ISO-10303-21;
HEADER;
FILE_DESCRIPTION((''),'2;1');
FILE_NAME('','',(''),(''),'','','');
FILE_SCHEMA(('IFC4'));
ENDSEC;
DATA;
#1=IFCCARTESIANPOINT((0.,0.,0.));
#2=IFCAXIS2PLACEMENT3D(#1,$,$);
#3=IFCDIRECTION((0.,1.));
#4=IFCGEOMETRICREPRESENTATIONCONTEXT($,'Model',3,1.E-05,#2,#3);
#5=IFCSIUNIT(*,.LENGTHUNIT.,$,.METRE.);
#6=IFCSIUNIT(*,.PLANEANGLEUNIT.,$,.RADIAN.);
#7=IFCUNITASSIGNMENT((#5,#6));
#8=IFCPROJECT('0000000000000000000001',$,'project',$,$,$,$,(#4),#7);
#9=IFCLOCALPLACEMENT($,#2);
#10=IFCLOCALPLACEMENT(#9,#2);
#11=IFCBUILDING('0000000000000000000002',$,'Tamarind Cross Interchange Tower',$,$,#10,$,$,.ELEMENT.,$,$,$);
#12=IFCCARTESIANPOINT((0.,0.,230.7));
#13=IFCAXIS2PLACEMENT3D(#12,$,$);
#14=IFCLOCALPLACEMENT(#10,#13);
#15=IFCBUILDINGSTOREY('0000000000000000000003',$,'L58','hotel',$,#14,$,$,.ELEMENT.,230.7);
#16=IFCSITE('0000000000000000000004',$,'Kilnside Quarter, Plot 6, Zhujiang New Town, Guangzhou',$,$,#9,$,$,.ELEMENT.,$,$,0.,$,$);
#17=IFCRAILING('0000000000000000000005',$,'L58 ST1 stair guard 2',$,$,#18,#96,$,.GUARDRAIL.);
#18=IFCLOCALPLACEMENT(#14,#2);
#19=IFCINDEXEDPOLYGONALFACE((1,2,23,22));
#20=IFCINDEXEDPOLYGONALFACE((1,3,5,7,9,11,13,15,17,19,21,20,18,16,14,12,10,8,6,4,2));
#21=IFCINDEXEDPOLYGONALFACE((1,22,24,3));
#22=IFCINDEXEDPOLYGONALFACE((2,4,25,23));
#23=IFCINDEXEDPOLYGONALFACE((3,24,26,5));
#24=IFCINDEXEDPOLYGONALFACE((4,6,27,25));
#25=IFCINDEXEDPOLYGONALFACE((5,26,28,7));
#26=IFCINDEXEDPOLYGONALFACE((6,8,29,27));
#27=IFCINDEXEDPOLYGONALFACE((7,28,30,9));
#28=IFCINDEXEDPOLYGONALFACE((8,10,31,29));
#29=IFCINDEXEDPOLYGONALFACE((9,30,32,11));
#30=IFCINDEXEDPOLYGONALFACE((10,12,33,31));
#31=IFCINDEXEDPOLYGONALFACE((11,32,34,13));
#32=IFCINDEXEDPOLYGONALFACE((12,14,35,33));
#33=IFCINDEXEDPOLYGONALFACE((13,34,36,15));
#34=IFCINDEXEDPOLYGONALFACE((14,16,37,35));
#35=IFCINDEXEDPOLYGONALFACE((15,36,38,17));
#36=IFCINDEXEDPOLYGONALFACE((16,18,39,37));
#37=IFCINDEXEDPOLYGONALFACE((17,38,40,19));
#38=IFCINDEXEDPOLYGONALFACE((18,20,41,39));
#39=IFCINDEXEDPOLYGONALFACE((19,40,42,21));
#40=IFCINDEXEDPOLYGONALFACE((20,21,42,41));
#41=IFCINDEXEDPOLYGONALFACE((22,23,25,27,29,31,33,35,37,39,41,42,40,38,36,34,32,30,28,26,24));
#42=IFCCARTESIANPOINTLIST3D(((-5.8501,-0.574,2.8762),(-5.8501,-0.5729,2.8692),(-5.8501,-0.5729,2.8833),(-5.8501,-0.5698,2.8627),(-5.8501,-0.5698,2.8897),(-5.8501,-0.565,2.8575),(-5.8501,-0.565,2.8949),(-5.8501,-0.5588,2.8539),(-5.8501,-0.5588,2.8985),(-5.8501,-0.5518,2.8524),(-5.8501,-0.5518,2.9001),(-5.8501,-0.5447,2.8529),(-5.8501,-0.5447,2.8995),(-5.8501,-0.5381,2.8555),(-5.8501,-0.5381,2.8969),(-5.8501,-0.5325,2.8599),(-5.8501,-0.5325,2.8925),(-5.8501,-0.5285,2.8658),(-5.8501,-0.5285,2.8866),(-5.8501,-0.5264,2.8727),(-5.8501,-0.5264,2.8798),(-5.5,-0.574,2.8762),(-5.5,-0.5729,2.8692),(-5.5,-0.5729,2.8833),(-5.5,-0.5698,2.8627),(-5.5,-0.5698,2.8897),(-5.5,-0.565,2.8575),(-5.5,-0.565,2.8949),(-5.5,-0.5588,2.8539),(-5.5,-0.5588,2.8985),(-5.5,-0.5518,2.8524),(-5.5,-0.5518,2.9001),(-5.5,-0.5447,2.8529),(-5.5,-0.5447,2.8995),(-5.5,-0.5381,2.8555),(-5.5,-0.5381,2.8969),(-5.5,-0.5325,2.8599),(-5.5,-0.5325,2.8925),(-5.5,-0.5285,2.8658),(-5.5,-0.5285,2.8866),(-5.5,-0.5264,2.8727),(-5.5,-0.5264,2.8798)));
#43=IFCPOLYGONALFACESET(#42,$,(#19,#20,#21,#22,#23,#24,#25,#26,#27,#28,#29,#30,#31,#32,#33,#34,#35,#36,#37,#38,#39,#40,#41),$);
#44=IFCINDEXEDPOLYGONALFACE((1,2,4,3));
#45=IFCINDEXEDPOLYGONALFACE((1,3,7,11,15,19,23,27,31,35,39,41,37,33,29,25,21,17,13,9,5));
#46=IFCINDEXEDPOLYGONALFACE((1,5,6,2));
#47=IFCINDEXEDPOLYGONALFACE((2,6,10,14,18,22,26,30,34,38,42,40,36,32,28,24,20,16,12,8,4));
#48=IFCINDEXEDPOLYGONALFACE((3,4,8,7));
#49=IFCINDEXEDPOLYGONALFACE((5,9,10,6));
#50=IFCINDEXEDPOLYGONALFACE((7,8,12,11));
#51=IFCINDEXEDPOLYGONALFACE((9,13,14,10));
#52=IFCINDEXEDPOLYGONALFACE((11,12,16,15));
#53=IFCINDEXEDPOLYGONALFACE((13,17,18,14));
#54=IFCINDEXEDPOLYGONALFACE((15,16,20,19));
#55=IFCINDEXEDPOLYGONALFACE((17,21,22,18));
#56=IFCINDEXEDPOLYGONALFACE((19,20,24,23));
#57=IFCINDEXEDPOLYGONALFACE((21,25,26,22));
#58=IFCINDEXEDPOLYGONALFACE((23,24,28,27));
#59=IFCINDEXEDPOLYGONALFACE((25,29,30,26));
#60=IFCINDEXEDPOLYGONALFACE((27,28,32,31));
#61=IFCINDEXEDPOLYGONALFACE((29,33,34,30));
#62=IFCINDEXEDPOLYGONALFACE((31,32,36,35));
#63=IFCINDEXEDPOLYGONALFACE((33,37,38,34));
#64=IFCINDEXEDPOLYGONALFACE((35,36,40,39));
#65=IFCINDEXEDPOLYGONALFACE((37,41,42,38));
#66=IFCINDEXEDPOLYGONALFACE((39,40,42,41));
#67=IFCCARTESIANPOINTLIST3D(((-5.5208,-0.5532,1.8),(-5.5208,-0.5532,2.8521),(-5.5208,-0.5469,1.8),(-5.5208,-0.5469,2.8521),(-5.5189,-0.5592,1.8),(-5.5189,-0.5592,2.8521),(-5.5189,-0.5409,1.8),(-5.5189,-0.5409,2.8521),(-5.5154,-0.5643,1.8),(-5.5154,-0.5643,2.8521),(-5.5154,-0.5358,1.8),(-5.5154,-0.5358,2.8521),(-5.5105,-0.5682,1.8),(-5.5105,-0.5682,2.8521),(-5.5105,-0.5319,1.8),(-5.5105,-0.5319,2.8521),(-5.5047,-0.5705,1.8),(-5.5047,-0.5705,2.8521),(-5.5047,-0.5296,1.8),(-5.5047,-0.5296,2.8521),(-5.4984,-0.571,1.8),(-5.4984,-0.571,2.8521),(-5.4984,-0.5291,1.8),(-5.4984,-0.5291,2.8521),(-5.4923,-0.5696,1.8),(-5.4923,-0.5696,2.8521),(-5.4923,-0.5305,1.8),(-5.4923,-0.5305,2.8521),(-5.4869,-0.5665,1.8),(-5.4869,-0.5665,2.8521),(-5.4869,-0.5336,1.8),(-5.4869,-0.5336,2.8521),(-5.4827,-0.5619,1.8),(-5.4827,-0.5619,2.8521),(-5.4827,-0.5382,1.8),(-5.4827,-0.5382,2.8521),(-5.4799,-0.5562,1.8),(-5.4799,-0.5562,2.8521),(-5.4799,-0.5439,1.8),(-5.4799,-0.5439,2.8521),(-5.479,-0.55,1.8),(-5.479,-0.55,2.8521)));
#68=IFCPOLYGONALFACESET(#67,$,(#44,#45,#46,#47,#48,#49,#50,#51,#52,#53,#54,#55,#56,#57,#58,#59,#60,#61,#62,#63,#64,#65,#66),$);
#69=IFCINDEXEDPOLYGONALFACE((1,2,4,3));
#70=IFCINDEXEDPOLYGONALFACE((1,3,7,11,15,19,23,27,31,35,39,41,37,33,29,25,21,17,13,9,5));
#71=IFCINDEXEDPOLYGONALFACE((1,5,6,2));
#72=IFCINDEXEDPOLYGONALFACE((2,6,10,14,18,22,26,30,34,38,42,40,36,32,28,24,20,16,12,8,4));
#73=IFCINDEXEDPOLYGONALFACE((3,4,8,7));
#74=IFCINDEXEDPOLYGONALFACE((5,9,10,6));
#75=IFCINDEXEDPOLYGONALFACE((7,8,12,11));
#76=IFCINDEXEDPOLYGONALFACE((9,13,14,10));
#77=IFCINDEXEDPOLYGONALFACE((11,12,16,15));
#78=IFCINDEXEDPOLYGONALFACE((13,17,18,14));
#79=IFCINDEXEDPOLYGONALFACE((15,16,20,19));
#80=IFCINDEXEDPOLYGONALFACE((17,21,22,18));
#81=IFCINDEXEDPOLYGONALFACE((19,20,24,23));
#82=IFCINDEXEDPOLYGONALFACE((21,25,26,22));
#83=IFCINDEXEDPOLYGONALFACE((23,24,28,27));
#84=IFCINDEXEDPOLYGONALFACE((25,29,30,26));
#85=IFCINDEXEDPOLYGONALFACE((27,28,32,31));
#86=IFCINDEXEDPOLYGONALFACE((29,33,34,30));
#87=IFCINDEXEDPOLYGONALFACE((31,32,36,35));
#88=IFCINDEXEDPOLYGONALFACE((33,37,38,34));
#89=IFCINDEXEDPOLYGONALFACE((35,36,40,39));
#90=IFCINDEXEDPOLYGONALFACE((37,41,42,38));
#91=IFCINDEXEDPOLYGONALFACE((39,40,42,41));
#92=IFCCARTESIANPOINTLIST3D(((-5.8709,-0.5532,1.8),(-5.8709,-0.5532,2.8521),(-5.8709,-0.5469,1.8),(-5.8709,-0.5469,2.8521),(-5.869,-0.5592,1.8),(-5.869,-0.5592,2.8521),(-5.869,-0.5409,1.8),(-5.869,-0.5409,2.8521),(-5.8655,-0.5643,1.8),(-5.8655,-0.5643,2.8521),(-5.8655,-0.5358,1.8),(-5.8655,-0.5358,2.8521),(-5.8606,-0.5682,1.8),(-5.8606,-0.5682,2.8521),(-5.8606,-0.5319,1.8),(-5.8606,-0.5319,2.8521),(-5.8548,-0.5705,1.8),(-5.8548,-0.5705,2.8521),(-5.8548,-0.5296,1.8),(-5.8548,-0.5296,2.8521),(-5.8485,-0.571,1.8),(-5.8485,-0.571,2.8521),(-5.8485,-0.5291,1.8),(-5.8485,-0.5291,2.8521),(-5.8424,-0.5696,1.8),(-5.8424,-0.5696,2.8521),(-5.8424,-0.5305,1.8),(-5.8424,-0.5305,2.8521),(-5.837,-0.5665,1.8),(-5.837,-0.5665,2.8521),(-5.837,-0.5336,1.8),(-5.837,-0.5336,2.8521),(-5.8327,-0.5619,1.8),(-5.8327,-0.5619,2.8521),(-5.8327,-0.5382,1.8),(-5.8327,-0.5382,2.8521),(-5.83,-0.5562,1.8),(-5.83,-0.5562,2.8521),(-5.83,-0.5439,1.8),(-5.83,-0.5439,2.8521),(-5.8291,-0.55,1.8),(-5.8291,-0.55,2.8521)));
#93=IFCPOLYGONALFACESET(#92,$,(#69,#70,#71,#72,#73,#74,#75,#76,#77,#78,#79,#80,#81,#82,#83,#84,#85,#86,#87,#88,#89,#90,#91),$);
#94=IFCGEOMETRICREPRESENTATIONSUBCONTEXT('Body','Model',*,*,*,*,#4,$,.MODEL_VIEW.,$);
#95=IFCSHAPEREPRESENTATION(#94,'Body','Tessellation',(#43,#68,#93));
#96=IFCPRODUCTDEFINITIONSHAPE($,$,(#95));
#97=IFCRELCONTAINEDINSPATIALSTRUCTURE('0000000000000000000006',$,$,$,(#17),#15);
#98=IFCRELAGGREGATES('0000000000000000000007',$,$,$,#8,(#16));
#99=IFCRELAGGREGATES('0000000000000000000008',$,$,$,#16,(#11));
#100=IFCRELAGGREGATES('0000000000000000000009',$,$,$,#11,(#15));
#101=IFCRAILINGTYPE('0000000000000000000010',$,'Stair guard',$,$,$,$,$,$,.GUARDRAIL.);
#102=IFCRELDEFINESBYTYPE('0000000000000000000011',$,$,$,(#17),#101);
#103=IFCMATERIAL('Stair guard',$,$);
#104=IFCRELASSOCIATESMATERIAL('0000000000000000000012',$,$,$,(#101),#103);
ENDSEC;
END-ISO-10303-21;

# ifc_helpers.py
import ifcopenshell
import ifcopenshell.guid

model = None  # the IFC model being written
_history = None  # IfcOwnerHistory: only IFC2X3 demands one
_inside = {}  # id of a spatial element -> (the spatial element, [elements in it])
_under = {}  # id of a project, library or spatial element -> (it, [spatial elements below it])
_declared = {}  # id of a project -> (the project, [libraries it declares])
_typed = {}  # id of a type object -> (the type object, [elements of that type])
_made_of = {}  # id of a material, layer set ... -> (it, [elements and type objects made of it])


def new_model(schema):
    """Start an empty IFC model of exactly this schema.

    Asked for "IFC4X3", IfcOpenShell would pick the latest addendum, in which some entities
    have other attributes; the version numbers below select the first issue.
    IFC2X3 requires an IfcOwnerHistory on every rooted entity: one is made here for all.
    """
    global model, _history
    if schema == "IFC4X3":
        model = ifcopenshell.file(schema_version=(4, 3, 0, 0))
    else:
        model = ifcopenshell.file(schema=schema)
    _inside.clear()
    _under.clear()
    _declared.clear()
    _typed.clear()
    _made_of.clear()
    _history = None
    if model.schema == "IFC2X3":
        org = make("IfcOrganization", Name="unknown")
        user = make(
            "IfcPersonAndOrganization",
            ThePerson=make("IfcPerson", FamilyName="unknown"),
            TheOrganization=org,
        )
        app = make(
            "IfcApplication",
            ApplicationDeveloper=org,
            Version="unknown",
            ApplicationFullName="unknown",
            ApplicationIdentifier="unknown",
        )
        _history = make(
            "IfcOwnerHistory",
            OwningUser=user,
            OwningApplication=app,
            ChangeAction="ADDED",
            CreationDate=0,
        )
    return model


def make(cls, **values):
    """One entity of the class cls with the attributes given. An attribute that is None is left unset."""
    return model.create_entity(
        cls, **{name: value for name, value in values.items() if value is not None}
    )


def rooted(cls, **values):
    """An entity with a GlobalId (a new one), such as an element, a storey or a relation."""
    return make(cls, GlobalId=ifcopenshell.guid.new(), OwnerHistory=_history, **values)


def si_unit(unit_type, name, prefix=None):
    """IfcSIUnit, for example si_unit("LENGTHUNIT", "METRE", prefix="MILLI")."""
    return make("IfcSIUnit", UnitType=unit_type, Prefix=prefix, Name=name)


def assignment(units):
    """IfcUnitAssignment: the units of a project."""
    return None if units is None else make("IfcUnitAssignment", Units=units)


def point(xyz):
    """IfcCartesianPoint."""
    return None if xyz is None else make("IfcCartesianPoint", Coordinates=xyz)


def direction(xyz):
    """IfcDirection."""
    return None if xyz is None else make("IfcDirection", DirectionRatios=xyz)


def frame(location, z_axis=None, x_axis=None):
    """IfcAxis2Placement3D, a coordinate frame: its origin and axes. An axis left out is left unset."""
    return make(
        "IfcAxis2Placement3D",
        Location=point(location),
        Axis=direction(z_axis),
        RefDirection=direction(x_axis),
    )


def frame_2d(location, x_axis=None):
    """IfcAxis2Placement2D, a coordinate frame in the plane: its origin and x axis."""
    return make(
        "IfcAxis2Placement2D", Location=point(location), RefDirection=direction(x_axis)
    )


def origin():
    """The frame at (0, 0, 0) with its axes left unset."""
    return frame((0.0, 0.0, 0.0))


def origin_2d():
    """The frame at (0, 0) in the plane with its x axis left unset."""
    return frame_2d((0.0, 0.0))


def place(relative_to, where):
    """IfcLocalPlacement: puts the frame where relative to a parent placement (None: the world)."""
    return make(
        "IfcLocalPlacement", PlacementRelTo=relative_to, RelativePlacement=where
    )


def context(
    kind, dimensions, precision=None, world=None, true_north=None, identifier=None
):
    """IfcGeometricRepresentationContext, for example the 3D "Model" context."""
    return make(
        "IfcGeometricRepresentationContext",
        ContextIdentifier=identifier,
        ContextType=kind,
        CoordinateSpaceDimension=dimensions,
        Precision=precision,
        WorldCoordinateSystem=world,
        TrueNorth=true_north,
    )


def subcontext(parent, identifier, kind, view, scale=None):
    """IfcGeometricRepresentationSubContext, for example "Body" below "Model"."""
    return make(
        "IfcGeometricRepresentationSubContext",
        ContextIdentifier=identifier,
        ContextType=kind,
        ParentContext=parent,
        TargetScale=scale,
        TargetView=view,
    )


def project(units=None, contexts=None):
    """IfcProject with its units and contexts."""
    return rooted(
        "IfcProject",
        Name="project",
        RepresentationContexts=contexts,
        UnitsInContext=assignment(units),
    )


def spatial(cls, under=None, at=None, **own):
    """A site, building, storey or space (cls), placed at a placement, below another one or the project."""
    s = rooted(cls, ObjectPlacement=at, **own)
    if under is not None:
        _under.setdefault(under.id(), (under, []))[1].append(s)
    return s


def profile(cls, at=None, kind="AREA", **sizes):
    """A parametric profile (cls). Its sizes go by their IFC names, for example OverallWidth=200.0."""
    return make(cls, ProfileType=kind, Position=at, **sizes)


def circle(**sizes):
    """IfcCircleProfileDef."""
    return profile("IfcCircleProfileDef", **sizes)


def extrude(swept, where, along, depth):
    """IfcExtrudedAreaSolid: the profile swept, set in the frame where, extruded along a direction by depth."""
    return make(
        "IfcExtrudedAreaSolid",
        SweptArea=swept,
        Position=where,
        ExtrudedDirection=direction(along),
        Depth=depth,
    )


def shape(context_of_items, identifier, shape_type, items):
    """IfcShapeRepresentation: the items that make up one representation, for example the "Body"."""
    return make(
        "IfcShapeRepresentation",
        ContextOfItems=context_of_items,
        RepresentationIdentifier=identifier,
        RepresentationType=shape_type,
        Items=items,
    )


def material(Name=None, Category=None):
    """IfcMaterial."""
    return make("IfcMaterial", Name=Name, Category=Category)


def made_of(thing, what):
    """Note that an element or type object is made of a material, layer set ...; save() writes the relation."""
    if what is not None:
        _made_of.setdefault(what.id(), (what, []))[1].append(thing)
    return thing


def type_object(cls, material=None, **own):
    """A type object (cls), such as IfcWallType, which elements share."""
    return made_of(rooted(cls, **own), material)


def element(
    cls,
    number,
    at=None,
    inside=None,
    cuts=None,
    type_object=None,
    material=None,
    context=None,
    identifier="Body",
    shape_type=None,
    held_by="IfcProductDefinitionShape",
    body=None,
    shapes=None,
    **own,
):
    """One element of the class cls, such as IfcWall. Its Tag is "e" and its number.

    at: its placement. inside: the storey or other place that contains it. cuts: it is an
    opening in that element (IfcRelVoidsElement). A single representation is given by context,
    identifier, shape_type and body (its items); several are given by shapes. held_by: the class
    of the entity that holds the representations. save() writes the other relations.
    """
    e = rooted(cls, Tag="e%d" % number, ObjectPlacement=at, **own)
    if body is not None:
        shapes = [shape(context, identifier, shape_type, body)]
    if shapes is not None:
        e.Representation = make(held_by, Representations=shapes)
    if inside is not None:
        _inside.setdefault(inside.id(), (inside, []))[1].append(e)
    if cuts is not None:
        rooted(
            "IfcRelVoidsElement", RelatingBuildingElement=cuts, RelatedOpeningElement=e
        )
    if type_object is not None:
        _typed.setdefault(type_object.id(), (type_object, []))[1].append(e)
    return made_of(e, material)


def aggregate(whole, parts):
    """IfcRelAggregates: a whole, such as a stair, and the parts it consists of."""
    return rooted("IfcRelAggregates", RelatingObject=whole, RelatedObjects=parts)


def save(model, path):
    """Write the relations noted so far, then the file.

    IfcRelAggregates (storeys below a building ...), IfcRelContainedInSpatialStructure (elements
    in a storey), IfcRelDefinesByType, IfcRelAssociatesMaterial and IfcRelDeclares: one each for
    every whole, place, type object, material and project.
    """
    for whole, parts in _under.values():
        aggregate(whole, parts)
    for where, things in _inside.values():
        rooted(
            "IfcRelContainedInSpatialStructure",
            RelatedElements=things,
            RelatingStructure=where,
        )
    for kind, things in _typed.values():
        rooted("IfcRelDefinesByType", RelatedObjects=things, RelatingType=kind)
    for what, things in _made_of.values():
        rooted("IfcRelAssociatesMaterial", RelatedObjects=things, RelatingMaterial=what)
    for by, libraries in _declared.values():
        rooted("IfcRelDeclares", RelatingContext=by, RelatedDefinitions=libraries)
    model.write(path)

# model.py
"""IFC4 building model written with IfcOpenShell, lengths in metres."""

from ifc_helpers import new_model, si_unit, direction, frame, origin, origin_2d, place, context, subcontext, project, spatial, circle, extrude, material, type_object, element, save


model = new_model("IFC4")

# Units and contexts
model_context = context("Model", 3, precision=1e-05, world=origin(), true_north=direction((0.0, 1.0)))
body_context = subcontext(model_context, "Body", "Model", "MODEL_VIEW")
ifc_project = project(units=[si_unit("LENGTHUNIT", "METRE"), si_unit("PLANEANGLEUNIT", "RADIAN")], contexts=[model_context])

# Site, building, storey
site_placement = place(None, origin())
site = spatial("IfcSite", under=ifc_project, at=site_placement, Name="Kilnside Quarter, Plot 6, Zhujiang New Town, Guangzhou", CompositionType="ELEMENT", RefElevation=0.0)
building_placement = place(site_placement, origin())
building = spatial("IfcBuilding", under=site, at=building_placement, Name="Tamarind Cross Interchange Tower", CompositionType="ELEMENT")
storey_placement = place(building_placement, frame((0.0, 0.0, 230.7)))
storey = spatial("IfcBuildingStorey", under=building, at=storey_placement, Name="L58", Description="hotel", CompositionType="ELEMENT", Elevation=230.7)

# Railing
ifc_material_1 = material(Name="Stair guard")
railing_type_1 = type_object("IfcRailingType", Name="Stair guard", PredefinedType="GUARDRAIL", material=ifc_material_1)
railing_1_placement = place(storey_placement, frame((-5.5, -0.55, 1.8)))
element("IfcRailing", 1, at=railing_1_placement, inside=storey, type_object=railing_type_1, Name="L58 ST1 stair guard 2", PredefinedType="GUARDRAIL", context=body_context, shape_type="SweptSolid", body=[
    extrude(circle(Radius=0.0239, at=origin_2d()), frame((0.0, 0.0, 1.0762), z_axis=(-1.0, 0.0, 0.0), x_axis=(0.0, -1.0, 0.0)), (0.0, 0.0, 1.0), 0.3501),
    extrude(circle(Radius=0.021, at=origin_2d()), origin(), (0.0, 0.0, 1.0), 1.052),
    extrude(circle(Radius=0.021, at=origin_2d()), frame((-0.3501, 0.0, 0.0)), (0.0, 0.0, 1.0), 1.052),
])

save(model, "model.ifc")
